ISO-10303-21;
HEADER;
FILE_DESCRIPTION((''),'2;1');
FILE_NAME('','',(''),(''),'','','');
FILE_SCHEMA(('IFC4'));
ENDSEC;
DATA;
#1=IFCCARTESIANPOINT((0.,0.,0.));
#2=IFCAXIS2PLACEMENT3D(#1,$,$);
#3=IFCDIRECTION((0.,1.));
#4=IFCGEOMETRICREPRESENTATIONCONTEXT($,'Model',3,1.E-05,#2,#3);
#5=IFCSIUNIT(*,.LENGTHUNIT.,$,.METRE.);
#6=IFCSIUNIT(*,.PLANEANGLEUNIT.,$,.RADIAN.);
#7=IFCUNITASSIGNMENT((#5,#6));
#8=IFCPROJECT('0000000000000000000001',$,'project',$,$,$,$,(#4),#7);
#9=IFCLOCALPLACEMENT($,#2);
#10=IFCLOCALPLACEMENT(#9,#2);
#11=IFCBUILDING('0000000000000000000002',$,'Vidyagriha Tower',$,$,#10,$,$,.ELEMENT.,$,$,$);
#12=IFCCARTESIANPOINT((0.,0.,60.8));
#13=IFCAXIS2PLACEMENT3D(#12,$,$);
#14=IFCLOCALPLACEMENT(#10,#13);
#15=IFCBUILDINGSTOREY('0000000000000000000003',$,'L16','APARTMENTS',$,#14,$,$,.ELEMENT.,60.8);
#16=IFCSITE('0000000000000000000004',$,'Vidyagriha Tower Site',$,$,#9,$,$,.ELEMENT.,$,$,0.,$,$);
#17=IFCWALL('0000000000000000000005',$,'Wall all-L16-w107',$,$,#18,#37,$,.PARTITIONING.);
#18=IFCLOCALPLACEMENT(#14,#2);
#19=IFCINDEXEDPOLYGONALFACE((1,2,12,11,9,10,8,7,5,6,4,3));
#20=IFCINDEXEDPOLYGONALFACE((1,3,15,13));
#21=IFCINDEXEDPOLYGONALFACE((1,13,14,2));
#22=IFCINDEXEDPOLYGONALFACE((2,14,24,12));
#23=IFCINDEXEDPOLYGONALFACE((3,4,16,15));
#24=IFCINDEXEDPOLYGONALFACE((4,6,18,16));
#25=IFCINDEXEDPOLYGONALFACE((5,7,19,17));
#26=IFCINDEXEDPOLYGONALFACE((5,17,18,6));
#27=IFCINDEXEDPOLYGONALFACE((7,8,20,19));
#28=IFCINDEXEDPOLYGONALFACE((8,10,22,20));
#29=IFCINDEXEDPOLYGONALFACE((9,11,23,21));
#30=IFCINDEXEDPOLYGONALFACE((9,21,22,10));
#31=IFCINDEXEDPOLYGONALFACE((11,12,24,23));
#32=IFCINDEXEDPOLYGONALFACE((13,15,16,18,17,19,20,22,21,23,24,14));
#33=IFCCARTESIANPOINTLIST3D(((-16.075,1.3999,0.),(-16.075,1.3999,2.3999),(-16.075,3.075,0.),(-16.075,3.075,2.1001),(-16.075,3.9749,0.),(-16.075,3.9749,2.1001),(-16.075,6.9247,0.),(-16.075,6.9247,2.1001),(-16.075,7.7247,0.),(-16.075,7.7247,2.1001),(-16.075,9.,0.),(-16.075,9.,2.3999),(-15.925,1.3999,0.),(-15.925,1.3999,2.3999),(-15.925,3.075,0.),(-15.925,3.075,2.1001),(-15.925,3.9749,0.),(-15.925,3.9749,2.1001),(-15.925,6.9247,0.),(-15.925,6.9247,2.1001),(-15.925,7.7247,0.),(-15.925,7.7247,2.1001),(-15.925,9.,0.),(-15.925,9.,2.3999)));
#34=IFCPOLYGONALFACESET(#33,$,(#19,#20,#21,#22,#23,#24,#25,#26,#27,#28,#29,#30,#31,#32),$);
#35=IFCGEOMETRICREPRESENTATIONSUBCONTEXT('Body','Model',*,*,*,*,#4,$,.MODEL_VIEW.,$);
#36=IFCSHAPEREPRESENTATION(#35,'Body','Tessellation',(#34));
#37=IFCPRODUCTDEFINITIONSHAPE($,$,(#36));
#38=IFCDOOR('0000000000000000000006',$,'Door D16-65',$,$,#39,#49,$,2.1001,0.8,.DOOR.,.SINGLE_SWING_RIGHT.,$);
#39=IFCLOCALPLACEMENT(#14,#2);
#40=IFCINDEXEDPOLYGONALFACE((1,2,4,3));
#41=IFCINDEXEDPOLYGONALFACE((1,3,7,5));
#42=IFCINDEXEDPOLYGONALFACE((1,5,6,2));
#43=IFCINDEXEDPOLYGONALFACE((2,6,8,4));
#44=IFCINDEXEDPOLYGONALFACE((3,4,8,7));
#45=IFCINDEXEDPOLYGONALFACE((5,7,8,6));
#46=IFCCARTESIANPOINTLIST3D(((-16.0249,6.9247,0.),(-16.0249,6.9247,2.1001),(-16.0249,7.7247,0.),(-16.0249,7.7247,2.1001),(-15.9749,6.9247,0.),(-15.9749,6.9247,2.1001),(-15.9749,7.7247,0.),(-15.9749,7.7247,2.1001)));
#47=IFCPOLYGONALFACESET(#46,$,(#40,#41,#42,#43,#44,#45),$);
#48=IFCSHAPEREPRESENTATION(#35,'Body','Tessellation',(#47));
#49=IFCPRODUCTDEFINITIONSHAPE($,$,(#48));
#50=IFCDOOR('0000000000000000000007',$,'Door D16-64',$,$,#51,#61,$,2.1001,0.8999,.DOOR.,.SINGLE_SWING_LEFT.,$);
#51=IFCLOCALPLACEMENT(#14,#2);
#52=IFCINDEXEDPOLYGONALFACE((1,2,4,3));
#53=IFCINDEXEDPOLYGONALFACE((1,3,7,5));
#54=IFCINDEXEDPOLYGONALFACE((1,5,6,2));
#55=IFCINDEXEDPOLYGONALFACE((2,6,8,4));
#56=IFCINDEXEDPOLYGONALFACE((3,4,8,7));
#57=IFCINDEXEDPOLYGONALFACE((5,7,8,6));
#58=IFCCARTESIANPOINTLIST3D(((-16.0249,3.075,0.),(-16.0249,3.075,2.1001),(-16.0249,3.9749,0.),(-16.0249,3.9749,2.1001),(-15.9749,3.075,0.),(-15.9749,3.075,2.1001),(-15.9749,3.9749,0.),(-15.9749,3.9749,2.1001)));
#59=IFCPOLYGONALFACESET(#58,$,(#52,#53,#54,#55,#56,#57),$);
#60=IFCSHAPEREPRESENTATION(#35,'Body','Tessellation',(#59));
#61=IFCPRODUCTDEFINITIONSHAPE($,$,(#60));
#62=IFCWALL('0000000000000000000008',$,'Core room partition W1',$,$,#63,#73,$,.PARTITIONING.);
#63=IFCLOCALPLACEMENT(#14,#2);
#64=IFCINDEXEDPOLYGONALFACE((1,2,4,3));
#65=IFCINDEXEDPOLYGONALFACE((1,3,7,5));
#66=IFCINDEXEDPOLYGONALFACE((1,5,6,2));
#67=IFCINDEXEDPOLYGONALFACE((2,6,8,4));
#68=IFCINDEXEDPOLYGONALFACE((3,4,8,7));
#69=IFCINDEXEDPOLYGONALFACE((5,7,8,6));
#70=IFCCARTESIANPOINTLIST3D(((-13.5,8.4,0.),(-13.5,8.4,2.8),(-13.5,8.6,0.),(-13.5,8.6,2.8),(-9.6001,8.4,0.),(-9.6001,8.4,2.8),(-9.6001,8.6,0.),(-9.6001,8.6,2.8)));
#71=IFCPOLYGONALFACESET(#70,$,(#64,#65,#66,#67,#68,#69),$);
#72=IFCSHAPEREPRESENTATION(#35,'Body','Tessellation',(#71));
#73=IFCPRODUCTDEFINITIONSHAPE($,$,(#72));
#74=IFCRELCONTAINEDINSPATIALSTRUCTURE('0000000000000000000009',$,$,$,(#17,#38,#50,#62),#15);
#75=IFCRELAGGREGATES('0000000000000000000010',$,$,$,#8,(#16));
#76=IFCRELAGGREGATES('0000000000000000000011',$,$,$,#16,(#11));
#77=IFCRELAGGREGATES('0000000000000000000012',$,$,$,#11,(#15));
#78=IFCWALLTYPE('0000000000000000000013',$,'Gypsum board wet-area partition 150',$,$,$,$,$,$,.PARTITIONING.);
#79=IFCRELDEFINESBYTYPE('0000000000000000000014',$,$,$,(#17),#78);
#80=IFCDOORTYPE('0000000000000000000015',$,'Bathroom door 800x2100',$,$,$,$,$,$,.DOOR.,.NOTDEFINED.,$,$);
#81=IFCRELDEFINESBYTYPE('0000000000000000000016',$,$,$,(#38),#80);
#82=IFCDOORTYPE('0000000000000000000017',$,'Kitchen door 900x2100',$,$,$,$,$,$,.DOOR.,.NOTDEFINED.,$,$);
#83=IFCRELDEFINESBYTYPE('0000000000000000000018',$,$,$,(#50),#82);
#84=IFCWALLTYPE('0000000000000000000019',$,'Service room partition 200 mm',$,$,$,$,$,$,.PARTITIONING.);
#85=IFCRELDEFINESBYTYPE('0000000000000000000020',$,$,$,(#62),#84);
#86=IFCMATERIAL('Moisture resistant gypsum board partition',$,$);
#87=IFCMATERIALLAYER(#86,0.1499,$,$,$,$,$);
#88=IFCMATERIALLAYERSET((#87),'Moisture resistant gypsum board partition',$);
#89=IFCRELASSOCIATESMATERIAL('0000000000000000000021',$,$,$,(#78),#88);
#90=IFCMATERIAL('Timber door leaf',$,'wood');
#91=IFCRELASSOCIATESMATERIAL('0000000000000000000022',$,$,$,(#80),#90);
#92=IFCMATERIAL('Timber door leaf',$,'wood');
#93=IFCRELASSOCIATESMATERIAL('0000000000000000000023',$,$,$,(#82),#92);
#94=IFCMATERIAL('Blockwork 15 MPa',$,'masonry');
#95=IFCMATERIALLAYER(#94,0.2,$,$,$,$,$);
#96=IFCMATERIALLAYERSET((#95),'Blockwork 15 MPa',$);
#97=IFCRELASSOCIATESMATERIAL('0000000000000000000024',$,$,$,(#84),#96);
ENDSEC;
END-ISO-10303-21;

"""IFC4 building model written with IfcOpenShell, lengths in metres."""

from ifc_helpers import new_model, si_unit, direction, frame, frame_2d, origin, place, context, subcontext, project, spatial, rectangle, extrude, material, layer, layer_set, type_object, element, fill, save


model = new_model("IFC4")

# Units and contexts
model_context = context("Model", 3, precision=1e-05, world=origin(), true_north=direction((0.0, 1.0)))
body_context = subcontext(model_context, "Body", "Model", "MODEL_VIEW")
ifc_project = project(units=[si_unit("LENGTHUNIT", "METRE"), si_unit("PLANEANGLEUNIT", "RADIAN")], contexts=[model_context])

# Site, building, storey
site_placement = place(None, origin())
site = spatial("IfcSite", under=ifc_project, at=site_placement, Name="Vidyagriha Tower Site", CompositionType="ELEMENT", RefElevation=0.0)
building_placement = place(site_placement, origin())
building = spatial("IfcBuilding", under=site, at=building_placement, Name="Vidyagriha Tower", CompositionType="ELEMENT")
storey_placement = place(building_placement, frame((0.0, 0.0, 60.8)))
storey = spatial("IfcBuildingStorey", under=building, at=storey_placement, Name="L16", Description="APARTMENTS", CompositionType="ELEMENT", Elevation=60.8)

# Wall, openings, doors
ifc_material_1 = material(Name="Moisture resistant gypsum board partition")
ifc_layer_1 = layer(ifc_material_1, 0.1499)
ifc_layer_set_1 = layer_set([ifc_layer_1], Name="Moisture resistant gypsum board partition")
wall_type_1 = type_object("IfcWallType", Name="Gypsum board wet-area partition 150", PredefinedType="PARTITIONING", material=ifc_layer_set_1)
wall_1_placement = place(storey_placement, frame((-16.0, 1.3999, 0.0), z_axis=(0.0, 0.0, 1.0), x_axis=(0.0, 1.0, 0.0)))
wall_1 = element("IfcWall", 1, at=wall_1_placement, inside=storey, type_object=wall_type_1, Name="Wall all-L16-w107", PredefinedType="PARTITIONING", context=body_context, shape_type="SweptSolid", body=[
    extrude(rectangle(XDim=7.6001, YDim=0.1499, at=frame_2d((3.8, 0.0))), origin(), (0.0, 0.0, 1.0), 2.3999),
])
opening_1_placement = place(wall_1_placement, frame((1.675, 0.0, 0.0)))
opening_1 = element("IfcOpeningElement", 2, at=opening_1_placement, cuts=wall_1, PredefinedType="OPENING", context=body_context, shape_type="SweptSolid", body=[
    extrude(rectangle(XDim=0.8999, YDim=2.1001, at=frame_2d((0.45, 1.05))), frame((0.0, 0.085, 0.0), z_axis=(0.0, -1.0, 0.0), x_axis=(1.0, 0.0, 0.0)), (0.0, 0.0, 1.0), 0.1699),
])
opening_2_placement = place(wall_1_placement, frame((5.5249, 0.0, 0.0)))
opening_2 = element("IfcOpeningElement", 3, at=opening_2_placement, cuts=wall_1, PredefinedType="OPENING", context=body_context, shape_type="SweptSolid", body=[
    extrude(rectangle(XDim=0.8, YDim=2.1001, at=frame_2d((0.3999, 1.05))), frame((0.0, 0.085, 0.0), z_axis=(0.0, -1.0, 0.0), x_axis=(1.0, 0.0, 0.0)), (0.0, 0.0, 1.0), 0.1699),
])
ifc_material_2 = material(Name="Timber door leaf", Category="wood")
door_type_1 = type_object("IfcDoorType", Name="Bathroom door 800x2100", OperationType="NOTDEFINED", PredefinedType="DOOR", material=ifc_material_2)
door_1_placement = place(opening_2_placement, origin())
door_1 = element("IfcDoor", 4, at=door_1_placement, inside=storey, type_object=door_type_1, Name="Door D16-65", OperationType="SINGLE_SWING_RIGHT", OverallHeight=2.1001, OverallWidth=0.8, PredefinedType="DOOR", context=body_context, shape_type="SweptSolid", body=[
    extrude(rectangle(XDim=0.8, YDim=2.1001, at=frame_2d((0.3999, 1.05))), frame((0.0, 0.0249, 0.0), z_axis=(0.0, -1.0, 0.0), x_axis=(1.0, 0.0, 0.0)), (0.0, 0.0, 1.0), 0.05),
])
fill(opening_2, door_1)
ifc_material_3 = material(Name="Timber door leaf", Category="wood")
door_type_2 = type_object("IfcDoorType", Name="Kitchen door 900x2100", OperationType="NOTDEFINED", PredefinedType="DOOR", material=ifc_material_3)
door_2_placement = place(opening_1_placement, origin())
door_2 = element("IfcDoor", 5, at=door_2_placement, inside=storey, type_object=door_type_2, Name="Door D16-64", OperationType="SINGLE_SWING_LEFT", OverallHeight=2.1001, OverallWidth=0.8999, PredefinedType="DOOR", context=body_context, shape_type="SweptSolid", body=[
    extrude(rectangle(XDim=0.8999, YDim=2.1001, at=frame_2d((0.45, 1.05))), frame((0.0, 0.0249, 0.0), z_axis=(0.0, -1.0, 0.0), x_axis=(1.0, 0.0, 0.0)), (0.0, 0.0, 1.0), 0.05),
])
fill(opening_1, door_2)

# Wall
ifc_material_4 = material(Name="Blockwork 15 MPa", Category="masonry")
ifc_layer_2 = layer(ifc_material_4, 0.2)
ifc_layer_set_2 = layer_set([ifc_layer_2], Name="Blockwork 15 MPa")
wall_type_2 = type_object("IfcWallType", Name="Service room partition 200 mm", PredefinedType="PARTITIONING", material=ifc_layer_set_2)
wall_2_placement = place(storey_placement, frame((-13.5, 8.5, 0.0)))
element("IfcWall", 6, at=wall_2_placement, inside=storey, type_object=wall_type_2, Name="Core room partition W1", PredefinedType="PARTITIONING", context=body_context, shape_type="SweptSolid", body=[
    extrude(rectangle(XDim=3.8999, YDim=0.2, at=frame_2d((1.95, 0.0))), origin(), (0.0, 0.0, 1.0), 2.8),
])

save(model, "model.ifc")
